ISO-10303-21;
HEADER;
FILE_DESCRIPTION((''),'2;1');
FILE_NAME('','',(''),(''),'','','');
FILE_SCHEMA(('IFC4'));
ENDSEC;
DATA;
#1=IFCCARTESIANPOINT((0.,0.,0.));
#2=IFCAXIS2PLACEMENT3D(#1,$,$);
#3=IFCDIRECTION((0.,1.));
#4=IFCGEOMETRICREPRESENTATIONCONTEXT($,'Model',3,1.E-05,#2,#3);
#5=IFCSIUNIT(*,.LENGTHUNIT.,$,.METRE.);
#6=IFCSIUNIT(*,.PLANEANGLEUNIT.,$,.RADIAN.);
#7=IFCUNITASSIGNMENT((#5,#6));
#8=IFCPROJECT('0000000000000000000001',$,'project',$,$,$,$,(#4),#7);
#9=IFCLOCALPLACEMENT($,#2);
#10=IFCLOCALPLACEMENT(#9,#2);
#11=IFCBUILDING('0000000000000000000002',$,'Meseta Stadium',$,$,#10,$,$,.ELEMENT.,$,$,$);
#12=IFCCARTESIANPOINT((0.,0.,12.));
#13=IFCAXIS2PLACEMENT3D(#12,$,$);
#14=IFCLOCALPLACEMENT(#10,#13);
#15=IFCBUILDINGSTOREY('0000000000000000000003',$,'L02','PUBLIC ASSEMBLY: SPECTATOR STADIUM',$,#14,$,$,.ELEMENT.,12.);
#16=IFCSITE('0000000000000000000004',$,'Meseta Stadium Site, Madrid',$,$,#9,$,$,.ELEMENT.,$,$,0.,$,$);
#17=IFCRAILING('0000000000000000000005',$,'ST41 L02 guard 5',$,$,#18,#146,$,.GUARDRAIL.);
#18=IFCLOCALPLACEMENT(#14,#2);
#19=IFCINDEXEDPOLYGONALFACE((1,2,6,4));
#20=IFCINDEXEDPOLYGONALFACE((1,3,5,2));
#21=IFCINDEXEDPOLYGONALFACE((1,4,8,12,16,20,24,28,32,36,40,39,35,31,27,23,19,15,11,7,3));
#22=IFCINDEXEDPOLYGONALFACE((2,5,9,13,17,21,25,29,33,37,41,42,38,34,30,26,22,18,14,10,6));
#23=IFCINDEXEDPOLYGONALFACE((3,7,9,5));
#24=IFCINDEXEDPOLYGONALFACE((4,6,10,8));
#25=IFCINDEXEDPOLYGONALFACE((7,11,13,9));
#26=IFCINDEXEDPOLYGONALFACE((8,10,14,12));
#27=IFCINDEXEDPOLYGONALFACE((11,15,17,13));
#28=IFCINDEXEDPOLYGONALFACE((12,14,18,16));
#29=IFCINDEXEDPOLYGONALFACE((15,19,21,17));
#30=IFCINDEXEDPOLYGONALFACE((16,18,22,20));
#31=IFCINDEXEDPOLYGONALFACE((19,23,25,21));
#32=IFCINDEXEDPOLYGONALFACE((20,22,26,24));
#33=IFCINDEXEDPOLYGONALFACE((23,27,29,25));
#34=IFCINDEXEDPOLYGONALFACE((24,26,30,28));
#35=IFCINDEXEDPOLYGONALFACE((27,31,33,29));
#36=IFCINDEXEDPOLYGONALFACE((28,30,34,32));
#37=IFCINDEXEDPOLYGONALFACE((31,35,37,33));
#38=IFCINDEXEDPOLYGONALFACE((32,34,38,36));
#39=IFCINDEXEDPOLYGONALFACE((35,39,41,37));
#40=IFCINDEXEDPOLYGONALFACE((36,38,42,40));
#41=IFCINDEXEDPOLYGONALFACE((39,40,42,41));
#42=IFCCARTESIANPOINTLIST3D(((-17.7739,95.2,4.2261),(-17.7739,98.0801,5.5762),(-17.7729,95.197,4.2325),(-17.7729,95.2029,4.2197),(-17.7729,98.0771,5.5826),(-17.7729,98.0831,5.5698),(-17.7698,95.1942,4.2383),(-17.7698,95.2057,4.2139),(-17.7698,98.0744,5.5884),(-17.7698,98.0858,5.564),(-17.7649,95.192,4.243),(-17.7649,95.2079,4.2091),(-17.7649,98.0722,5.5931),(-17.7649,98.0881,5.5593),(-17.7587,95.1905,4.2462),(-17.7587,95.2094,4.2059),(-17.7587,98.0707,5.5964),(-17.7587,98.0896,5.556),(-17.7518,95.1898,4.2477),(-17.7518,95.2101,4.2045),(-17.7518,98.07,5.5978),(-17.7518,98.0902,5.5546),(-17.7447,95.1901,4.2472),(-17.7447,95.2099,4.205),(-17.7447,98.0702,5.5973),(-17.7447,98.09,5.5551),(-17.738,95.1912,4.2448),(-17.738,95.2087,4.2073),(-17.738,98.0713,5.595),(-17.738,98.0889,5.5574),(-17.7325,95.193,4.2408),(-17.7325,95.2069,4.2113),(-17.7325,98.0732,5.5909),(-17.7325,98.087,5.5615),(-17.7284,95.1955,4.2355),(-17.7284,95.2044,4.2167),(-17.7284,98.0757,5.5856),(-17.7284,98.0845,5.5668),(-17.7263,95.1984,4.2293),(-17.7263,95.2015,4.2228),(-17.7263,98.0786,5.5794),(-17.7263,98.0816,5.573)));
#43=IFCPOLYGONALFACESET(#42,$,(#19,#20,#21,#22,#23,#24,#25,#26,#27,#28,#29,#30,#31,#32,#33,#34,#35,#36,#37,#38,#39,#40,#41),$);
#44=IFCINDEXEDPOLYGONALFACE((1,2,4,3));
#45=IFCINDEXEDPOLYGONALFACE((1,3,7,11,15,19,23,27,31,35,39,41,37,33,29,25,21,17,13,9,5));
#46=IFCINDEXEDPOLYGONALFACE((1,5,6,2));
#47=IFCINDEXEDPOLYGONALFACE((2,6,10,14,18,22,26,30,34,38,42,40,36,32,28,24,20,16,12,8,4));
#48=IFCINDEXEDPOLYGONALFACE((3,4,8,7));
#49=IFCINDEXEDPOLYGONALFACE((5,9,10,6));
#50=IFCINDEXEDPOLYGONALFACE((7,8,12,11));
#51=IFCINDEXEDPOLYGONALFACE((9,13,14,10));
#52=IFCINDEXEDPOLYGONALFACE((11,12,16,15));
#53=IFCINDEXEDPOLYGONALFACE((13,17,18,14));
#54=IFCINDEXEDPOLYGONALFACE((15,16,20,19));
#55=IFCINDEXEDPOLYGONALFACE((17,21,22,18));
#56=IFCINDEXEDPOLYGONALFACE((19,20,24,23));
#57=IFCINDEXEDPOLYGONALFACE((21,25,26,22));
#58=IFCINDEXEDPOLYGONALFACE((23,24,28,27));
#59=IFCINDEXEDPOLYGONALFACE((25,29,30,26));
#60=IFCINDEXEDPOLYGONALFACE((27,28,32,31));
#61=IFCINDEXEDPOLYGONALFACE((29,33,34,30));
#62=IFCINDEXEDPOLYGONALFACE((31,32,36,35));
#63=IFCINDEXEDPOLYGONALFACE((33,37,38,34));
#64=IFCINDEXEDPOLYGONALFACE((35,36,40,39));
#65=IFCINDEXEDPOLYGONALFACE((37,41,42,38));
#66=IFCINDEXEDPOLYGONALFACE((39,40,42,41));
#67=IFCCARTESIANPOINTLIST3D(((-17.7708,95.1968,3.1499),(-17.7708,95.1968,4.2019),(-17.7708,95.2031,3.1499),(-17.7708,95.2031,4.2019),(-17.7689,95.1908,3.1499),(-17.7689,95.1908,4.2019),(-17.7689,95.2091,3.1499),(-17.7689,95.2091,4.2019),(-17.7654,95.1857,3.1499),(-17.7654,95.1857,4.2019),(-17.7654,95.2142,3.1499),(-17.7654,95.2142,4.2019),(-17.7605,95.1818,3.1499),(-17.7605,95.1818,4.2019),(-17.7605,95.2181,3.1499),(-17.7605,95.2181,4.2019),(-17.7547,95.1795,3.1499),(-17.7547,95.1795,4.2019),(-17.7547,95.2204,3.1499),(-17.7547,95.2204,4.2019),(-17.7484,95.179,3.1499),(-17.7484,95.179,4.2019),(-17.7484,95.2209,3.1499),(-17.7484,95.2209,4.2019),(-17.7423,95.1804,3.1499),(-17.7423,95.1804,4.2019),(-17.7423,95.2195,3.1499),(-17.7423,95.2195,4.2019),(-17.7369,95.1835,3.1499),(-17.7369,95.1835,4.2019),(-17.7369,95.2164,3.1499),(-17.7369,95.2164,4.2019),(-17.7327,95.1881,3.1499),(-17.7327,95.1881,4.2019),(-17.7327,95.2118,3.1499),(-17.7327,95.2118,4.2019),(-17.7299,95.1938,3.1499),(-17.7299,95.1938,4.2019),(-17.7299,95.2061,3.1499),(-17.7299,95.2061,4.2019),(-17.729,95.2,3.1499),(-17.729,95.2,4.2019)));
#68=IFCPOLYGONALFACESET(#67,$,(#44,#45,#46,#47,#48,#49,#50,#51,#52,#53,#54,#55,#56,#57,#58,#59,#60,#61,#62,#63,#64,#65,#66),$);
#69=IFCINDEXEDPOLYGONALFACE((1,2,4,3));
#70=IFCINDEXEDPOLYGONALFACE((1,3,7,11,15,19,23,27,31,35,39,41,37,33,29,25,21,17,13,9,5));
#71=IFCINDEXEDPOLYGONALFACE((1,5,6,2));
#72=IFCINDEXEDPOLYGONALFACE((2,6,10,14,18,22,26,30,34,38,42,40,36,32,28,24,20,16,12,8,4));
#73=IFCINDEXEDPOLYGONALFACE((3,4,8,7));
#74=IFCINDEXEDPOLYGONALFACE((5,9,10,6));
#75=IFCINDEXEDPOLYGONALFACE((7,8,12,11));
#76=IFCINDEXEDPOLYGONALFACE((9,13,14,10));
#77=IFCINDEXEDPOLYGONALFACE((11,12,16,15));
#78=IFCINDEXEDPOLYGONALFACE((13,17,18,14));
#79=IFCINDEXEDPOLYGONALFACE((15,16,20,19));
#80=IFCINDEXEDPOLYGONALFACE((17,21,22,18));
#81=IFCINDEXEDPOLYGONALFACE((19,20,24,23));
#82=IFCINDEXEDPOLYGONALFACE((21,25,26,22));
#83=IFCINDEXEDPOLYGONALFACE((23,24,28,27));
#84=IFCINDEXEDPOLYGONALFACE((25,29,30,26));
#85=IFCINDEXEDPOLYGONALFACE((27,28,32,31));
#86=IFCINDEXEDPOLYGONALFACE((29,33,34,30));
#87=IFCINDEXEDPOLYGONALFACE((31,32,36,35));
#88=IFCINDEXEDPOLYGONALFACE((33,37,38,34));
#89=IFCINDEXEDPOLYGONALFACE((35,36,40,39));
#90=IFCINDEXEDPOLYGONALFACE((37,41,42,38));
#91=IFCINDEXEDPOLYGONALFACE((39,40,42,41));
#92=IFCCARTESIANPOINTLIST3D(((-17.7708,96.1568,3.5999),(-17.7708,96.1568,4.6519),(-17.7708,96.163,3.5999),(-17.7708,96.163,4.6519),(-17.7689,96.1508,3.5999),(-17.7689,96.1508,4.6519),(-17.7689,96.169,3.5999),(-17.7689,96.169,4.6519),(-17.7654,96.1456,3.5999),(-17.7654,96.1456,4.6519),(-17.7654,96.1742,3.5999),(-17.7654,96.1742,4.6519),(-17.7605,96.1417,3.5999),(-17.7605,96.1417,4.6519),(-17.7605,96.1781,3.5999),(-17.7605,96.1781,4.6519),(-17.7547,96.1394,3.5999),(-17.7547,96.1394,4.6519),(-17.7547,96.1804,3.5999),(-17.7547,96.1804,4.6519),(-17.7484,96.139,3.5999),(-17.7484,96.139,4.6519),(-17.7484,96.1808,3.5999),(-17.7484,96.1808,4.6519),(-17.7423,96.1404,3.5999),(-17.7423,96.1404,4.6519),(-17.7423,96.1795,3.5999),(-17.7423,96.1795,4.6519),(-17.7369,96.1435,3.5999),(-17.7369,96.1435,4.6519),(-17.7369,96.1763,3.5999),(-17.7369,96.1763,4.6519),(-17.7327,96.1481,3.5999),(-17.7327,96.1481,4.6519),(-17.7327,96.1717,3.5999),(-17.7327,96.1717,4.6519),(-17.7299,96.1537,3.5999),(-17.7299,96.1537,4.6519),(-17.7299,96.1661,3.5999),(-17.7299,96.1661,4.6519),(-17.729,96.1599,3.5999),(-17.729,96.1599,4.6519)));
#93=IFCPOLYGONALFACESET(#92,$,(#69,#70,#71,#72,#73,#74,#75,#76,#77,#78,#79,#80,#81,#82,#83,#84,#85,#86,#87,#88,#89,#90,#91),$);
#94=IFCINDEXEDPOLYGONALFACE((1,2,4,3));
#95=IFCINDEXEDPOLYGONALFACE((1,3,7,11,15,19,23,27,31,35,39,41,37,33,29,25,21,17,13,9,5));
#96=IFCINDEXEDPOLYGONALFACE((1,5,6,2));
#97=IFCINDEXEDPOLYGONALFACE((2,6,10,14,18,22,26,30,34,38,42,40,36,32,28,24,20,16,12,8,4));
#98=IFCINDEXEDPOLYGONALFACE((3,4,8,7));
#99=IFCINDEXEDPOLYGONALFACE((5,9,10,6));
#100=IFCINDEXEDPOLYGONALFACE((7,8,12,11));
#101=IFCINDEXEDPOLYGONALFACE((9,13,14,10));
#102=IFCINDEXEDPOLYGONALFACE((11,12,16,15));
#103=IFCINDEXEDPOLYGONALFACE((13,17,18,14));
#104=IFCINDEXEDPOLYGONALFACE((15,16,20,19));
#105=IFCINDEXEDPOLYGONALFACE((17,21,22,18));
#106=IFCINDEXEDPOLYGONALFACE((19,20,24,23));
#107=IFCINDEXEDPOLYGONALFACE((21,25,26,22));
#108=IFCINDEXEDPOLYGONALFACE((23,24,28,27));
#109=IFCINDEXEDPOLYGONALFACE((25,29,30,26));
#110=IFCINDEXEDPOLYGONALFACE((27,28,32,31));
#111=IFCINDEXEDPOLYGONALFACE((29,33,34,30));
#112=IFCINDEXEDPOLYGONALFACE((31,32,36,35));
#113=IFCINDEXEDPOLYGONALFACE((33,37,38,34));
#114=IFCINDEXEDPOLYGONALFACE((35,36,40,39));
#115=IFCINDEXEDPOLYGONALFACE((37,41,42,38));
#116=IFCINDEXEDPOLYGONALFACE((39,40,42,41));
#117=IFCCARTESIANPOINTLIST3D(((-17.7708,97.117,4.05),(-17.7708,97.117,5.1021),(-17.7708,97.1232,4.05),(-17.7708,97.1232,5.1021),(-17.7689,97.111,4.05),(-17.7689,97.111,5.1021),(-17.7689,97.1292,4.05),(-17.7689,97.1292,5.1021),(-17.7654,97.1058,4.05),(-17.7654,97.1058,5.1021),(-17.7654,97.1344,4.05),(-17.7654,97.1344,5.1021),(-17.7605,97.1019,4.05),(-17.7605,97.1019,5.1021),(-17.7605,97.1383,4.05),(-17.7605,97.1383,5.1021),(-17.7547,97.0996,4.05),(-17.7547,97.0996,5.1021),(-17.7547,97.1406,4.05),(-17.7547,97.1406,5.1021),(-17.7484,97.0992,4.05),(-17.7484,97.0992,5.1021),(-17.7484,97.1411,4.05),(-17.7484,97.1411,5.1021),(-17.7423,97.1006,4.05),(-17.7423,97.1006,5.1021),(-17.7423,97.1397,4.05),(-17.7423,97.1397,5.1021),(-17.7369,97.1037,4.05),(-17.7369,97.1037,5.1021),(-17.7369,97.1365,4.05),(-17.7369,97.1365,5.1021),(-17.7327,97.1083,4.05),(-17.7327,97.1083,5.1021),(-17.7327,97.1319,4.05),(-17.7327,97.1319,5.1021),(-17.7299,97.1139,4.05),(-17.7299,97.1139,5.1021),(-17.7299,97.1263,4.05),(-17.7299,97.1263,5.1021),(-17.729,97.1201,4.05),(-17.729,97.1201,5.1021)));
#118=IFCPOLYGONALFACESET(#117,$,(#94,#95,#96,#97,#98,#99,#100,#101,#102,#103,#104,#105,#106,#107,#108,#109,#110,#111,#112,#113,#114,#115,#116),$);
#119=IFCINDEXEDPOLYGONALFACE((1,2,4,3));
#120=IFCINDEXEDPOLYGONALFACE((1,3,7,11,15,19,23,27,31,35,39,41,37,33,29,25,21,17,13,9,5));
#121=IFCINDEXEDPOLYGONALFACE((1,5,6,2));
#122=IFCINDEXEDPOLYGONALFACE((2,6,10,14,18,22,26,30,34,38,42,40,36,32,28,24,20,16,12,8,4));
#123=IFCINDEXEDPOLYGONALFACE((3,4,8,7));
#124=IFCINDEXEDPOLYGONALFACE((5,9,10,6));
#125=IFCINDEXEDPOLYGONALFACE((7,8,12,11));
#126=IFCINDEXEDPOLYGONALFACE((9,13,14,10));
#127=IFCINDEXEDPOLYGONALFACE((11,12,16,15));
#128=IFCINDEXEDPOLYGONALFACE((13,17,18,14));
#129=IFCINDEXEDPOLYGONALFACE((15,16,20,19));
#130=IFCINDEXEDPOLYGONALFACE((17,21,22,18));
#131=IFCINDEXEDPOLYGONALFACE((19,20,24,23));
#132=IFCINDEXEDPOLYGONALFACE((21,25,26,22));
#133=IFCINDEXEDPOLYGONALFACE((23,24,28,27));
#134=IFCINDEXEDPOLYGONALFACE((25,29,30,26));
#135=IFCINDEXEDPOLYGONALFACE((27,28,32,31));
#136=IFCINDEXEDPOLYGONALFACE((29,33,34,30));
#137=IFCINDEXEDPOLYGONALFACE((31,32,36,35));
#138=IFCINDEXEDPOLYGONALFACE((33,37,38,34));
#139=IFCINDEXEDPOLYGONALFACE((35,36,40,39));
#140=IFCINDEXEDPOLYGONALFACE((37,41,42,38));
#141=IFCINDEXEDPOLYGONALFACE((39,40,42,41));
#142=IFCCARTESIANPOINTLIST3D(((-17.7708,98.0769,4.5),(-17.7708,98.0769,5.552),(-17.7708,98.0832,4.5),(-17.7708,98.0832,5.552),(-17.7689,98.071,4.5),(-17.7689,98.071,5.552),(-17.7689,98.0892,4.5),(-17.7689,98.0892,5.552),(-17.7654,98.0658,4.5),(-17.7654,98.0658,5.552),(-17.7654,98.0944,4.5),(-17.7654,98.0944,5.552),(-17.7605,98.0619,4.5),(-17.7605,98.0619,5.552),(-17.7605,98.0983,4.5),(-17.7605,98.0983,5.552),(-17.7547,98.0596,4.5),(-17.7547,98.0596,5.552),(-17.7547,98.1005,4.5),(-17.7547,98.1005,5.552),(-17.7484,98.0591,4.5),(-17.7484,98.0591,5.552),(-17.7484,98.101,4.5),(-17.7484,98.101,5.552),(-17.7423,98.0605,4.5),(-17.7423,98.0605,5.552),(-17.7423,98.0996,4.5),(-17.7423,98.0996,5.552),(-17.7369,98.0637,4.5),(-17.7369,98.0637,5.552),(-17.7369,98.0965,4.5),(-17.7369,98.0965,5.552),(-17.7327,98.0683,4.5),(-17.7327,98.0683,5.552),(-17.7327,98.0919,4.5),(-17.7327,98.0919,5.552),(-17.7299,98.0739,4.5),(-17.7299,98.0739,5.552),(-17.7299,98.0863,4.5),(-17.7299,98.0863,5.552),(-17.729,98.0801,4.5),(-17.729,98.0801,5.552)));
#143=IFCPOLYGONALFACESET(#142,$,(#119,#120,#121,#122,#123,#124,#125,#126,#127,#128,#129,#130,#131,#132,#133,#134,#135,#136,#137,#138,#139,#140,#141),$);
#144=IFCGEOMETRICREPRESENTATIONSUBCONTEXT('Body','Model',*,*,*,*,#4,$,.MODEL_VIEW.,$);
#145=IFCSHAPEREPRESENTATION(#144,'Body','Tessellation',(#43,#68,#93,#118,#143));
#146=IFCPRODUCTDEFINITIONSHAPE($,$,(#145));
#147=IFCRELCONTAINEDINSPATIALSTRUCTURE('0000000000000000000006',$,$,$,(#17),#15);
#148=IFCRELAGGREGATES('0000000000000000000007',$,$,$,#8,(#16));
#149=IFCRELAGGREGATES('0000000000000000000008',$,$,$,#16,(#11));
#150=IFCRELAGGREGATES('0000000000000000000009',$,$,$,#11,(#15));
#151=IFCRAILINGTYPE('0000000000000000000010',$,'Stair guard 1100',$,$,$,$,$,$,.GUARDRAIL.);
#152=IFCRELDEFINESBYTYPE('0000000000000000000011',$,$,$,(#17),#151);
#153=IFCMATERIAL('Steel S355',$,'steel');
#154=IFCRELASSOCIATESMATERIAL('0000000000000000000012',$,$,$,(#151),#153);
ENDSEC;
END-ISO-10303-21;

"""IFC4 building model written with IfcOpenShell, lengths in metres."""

from ifc_helpers import new_model, si_unit, direction, frame, origin, origin_2d, place, context, subcontext, project, spatial, circle, extrude, material, type_object, element, save


model = new_model("IFC4")

# Units and contexts
model_context = context("Model", 3, precision=1e-05, world=origin(), true_north=direction((0.0, 1.0)))
body_context = subcontext(model_context, "Body", "Model", "MODEL_VIEW")
ifc_project = project(units=[si_unit("LENGTHUNIT", "METRE"), si_unit("PLANEANGLEUNIT", "RADIAN")], contexts=[model_context])

# Site, building, storey
site_placement = place(None, origin())
site = spatial("IfcSite", under=ifc_project, at=site_placement, Name="Meseta Stadium Site, Madrid", CompositionType="ELEMENT", RefElevation=0.0)
building_placement = place(site_placement, origin())
building = spatial("IfcBuilding", under=site, at=building_placement, Name="Meseta Stadium", CompositionType="ELEMENT")
storey_placement = place(building_placement, frame((0.0, 0.0, 12.0)))
storey = spatial("IfcBuildingStorey", under=building, at=storey_placement, Name="L02", Description="PUBLIC ASSEMBLY: SPECTATOR STADIUM", CompositionType="ELEMENT", Elevation=12.0)

# Railing
ifc_material_1 = material(Name="Steel S355", Category="steel")
railing_type_1 = type_object("IfcRailingType", Name="Stair guard 1100", PredefinedType="GUARDRAIL", material=ifc_material_1)
railing_1_placement = place(storey_placement, frame((-17.75, 95.2, 3.1499)))
element("IfcRailing", 1, at=railing_1_placement, inside=storey, type_object=railing_type_1, Name="ST41 L02 guard 5", PredefinedType="GUARDRAIL", context=body_context, shape_type="SweptSolid", body=[
    extrude(circle(Radius=0.0239, at=origin_2d()), frame((0.0, 0.0, 1.0762), z_axis=(0.0, 0.905454, 0.424444), x_axis=(-1.0, 0.0, 0.0)), (0.0, 0.0, 1.0), 3.1809),
    extrude(circle(Radius=0.021, at=origin_2d()), origin(), (0.0, 0.0, 1.0), 1.052),
    extrude(circle(Radius=0.021, at=origin_2d()), frame((0.0, 0.96, 0.45)), (0.0, 0.0, 1.0), 1.052),
    extrude(circle(Radius=0.021, at=origin_2d()), frame((0.0, 1.9202, 0.9001)), (0.0, 0.0, 1.0), 1.052),
    extrude(circle(Radius=0.021, at=origin_2d()), frame((0.0, 2.8801, 1.3501)), (0.0, 0.0, 1.0), 1.052),
])

save(model, "model.ifc")
